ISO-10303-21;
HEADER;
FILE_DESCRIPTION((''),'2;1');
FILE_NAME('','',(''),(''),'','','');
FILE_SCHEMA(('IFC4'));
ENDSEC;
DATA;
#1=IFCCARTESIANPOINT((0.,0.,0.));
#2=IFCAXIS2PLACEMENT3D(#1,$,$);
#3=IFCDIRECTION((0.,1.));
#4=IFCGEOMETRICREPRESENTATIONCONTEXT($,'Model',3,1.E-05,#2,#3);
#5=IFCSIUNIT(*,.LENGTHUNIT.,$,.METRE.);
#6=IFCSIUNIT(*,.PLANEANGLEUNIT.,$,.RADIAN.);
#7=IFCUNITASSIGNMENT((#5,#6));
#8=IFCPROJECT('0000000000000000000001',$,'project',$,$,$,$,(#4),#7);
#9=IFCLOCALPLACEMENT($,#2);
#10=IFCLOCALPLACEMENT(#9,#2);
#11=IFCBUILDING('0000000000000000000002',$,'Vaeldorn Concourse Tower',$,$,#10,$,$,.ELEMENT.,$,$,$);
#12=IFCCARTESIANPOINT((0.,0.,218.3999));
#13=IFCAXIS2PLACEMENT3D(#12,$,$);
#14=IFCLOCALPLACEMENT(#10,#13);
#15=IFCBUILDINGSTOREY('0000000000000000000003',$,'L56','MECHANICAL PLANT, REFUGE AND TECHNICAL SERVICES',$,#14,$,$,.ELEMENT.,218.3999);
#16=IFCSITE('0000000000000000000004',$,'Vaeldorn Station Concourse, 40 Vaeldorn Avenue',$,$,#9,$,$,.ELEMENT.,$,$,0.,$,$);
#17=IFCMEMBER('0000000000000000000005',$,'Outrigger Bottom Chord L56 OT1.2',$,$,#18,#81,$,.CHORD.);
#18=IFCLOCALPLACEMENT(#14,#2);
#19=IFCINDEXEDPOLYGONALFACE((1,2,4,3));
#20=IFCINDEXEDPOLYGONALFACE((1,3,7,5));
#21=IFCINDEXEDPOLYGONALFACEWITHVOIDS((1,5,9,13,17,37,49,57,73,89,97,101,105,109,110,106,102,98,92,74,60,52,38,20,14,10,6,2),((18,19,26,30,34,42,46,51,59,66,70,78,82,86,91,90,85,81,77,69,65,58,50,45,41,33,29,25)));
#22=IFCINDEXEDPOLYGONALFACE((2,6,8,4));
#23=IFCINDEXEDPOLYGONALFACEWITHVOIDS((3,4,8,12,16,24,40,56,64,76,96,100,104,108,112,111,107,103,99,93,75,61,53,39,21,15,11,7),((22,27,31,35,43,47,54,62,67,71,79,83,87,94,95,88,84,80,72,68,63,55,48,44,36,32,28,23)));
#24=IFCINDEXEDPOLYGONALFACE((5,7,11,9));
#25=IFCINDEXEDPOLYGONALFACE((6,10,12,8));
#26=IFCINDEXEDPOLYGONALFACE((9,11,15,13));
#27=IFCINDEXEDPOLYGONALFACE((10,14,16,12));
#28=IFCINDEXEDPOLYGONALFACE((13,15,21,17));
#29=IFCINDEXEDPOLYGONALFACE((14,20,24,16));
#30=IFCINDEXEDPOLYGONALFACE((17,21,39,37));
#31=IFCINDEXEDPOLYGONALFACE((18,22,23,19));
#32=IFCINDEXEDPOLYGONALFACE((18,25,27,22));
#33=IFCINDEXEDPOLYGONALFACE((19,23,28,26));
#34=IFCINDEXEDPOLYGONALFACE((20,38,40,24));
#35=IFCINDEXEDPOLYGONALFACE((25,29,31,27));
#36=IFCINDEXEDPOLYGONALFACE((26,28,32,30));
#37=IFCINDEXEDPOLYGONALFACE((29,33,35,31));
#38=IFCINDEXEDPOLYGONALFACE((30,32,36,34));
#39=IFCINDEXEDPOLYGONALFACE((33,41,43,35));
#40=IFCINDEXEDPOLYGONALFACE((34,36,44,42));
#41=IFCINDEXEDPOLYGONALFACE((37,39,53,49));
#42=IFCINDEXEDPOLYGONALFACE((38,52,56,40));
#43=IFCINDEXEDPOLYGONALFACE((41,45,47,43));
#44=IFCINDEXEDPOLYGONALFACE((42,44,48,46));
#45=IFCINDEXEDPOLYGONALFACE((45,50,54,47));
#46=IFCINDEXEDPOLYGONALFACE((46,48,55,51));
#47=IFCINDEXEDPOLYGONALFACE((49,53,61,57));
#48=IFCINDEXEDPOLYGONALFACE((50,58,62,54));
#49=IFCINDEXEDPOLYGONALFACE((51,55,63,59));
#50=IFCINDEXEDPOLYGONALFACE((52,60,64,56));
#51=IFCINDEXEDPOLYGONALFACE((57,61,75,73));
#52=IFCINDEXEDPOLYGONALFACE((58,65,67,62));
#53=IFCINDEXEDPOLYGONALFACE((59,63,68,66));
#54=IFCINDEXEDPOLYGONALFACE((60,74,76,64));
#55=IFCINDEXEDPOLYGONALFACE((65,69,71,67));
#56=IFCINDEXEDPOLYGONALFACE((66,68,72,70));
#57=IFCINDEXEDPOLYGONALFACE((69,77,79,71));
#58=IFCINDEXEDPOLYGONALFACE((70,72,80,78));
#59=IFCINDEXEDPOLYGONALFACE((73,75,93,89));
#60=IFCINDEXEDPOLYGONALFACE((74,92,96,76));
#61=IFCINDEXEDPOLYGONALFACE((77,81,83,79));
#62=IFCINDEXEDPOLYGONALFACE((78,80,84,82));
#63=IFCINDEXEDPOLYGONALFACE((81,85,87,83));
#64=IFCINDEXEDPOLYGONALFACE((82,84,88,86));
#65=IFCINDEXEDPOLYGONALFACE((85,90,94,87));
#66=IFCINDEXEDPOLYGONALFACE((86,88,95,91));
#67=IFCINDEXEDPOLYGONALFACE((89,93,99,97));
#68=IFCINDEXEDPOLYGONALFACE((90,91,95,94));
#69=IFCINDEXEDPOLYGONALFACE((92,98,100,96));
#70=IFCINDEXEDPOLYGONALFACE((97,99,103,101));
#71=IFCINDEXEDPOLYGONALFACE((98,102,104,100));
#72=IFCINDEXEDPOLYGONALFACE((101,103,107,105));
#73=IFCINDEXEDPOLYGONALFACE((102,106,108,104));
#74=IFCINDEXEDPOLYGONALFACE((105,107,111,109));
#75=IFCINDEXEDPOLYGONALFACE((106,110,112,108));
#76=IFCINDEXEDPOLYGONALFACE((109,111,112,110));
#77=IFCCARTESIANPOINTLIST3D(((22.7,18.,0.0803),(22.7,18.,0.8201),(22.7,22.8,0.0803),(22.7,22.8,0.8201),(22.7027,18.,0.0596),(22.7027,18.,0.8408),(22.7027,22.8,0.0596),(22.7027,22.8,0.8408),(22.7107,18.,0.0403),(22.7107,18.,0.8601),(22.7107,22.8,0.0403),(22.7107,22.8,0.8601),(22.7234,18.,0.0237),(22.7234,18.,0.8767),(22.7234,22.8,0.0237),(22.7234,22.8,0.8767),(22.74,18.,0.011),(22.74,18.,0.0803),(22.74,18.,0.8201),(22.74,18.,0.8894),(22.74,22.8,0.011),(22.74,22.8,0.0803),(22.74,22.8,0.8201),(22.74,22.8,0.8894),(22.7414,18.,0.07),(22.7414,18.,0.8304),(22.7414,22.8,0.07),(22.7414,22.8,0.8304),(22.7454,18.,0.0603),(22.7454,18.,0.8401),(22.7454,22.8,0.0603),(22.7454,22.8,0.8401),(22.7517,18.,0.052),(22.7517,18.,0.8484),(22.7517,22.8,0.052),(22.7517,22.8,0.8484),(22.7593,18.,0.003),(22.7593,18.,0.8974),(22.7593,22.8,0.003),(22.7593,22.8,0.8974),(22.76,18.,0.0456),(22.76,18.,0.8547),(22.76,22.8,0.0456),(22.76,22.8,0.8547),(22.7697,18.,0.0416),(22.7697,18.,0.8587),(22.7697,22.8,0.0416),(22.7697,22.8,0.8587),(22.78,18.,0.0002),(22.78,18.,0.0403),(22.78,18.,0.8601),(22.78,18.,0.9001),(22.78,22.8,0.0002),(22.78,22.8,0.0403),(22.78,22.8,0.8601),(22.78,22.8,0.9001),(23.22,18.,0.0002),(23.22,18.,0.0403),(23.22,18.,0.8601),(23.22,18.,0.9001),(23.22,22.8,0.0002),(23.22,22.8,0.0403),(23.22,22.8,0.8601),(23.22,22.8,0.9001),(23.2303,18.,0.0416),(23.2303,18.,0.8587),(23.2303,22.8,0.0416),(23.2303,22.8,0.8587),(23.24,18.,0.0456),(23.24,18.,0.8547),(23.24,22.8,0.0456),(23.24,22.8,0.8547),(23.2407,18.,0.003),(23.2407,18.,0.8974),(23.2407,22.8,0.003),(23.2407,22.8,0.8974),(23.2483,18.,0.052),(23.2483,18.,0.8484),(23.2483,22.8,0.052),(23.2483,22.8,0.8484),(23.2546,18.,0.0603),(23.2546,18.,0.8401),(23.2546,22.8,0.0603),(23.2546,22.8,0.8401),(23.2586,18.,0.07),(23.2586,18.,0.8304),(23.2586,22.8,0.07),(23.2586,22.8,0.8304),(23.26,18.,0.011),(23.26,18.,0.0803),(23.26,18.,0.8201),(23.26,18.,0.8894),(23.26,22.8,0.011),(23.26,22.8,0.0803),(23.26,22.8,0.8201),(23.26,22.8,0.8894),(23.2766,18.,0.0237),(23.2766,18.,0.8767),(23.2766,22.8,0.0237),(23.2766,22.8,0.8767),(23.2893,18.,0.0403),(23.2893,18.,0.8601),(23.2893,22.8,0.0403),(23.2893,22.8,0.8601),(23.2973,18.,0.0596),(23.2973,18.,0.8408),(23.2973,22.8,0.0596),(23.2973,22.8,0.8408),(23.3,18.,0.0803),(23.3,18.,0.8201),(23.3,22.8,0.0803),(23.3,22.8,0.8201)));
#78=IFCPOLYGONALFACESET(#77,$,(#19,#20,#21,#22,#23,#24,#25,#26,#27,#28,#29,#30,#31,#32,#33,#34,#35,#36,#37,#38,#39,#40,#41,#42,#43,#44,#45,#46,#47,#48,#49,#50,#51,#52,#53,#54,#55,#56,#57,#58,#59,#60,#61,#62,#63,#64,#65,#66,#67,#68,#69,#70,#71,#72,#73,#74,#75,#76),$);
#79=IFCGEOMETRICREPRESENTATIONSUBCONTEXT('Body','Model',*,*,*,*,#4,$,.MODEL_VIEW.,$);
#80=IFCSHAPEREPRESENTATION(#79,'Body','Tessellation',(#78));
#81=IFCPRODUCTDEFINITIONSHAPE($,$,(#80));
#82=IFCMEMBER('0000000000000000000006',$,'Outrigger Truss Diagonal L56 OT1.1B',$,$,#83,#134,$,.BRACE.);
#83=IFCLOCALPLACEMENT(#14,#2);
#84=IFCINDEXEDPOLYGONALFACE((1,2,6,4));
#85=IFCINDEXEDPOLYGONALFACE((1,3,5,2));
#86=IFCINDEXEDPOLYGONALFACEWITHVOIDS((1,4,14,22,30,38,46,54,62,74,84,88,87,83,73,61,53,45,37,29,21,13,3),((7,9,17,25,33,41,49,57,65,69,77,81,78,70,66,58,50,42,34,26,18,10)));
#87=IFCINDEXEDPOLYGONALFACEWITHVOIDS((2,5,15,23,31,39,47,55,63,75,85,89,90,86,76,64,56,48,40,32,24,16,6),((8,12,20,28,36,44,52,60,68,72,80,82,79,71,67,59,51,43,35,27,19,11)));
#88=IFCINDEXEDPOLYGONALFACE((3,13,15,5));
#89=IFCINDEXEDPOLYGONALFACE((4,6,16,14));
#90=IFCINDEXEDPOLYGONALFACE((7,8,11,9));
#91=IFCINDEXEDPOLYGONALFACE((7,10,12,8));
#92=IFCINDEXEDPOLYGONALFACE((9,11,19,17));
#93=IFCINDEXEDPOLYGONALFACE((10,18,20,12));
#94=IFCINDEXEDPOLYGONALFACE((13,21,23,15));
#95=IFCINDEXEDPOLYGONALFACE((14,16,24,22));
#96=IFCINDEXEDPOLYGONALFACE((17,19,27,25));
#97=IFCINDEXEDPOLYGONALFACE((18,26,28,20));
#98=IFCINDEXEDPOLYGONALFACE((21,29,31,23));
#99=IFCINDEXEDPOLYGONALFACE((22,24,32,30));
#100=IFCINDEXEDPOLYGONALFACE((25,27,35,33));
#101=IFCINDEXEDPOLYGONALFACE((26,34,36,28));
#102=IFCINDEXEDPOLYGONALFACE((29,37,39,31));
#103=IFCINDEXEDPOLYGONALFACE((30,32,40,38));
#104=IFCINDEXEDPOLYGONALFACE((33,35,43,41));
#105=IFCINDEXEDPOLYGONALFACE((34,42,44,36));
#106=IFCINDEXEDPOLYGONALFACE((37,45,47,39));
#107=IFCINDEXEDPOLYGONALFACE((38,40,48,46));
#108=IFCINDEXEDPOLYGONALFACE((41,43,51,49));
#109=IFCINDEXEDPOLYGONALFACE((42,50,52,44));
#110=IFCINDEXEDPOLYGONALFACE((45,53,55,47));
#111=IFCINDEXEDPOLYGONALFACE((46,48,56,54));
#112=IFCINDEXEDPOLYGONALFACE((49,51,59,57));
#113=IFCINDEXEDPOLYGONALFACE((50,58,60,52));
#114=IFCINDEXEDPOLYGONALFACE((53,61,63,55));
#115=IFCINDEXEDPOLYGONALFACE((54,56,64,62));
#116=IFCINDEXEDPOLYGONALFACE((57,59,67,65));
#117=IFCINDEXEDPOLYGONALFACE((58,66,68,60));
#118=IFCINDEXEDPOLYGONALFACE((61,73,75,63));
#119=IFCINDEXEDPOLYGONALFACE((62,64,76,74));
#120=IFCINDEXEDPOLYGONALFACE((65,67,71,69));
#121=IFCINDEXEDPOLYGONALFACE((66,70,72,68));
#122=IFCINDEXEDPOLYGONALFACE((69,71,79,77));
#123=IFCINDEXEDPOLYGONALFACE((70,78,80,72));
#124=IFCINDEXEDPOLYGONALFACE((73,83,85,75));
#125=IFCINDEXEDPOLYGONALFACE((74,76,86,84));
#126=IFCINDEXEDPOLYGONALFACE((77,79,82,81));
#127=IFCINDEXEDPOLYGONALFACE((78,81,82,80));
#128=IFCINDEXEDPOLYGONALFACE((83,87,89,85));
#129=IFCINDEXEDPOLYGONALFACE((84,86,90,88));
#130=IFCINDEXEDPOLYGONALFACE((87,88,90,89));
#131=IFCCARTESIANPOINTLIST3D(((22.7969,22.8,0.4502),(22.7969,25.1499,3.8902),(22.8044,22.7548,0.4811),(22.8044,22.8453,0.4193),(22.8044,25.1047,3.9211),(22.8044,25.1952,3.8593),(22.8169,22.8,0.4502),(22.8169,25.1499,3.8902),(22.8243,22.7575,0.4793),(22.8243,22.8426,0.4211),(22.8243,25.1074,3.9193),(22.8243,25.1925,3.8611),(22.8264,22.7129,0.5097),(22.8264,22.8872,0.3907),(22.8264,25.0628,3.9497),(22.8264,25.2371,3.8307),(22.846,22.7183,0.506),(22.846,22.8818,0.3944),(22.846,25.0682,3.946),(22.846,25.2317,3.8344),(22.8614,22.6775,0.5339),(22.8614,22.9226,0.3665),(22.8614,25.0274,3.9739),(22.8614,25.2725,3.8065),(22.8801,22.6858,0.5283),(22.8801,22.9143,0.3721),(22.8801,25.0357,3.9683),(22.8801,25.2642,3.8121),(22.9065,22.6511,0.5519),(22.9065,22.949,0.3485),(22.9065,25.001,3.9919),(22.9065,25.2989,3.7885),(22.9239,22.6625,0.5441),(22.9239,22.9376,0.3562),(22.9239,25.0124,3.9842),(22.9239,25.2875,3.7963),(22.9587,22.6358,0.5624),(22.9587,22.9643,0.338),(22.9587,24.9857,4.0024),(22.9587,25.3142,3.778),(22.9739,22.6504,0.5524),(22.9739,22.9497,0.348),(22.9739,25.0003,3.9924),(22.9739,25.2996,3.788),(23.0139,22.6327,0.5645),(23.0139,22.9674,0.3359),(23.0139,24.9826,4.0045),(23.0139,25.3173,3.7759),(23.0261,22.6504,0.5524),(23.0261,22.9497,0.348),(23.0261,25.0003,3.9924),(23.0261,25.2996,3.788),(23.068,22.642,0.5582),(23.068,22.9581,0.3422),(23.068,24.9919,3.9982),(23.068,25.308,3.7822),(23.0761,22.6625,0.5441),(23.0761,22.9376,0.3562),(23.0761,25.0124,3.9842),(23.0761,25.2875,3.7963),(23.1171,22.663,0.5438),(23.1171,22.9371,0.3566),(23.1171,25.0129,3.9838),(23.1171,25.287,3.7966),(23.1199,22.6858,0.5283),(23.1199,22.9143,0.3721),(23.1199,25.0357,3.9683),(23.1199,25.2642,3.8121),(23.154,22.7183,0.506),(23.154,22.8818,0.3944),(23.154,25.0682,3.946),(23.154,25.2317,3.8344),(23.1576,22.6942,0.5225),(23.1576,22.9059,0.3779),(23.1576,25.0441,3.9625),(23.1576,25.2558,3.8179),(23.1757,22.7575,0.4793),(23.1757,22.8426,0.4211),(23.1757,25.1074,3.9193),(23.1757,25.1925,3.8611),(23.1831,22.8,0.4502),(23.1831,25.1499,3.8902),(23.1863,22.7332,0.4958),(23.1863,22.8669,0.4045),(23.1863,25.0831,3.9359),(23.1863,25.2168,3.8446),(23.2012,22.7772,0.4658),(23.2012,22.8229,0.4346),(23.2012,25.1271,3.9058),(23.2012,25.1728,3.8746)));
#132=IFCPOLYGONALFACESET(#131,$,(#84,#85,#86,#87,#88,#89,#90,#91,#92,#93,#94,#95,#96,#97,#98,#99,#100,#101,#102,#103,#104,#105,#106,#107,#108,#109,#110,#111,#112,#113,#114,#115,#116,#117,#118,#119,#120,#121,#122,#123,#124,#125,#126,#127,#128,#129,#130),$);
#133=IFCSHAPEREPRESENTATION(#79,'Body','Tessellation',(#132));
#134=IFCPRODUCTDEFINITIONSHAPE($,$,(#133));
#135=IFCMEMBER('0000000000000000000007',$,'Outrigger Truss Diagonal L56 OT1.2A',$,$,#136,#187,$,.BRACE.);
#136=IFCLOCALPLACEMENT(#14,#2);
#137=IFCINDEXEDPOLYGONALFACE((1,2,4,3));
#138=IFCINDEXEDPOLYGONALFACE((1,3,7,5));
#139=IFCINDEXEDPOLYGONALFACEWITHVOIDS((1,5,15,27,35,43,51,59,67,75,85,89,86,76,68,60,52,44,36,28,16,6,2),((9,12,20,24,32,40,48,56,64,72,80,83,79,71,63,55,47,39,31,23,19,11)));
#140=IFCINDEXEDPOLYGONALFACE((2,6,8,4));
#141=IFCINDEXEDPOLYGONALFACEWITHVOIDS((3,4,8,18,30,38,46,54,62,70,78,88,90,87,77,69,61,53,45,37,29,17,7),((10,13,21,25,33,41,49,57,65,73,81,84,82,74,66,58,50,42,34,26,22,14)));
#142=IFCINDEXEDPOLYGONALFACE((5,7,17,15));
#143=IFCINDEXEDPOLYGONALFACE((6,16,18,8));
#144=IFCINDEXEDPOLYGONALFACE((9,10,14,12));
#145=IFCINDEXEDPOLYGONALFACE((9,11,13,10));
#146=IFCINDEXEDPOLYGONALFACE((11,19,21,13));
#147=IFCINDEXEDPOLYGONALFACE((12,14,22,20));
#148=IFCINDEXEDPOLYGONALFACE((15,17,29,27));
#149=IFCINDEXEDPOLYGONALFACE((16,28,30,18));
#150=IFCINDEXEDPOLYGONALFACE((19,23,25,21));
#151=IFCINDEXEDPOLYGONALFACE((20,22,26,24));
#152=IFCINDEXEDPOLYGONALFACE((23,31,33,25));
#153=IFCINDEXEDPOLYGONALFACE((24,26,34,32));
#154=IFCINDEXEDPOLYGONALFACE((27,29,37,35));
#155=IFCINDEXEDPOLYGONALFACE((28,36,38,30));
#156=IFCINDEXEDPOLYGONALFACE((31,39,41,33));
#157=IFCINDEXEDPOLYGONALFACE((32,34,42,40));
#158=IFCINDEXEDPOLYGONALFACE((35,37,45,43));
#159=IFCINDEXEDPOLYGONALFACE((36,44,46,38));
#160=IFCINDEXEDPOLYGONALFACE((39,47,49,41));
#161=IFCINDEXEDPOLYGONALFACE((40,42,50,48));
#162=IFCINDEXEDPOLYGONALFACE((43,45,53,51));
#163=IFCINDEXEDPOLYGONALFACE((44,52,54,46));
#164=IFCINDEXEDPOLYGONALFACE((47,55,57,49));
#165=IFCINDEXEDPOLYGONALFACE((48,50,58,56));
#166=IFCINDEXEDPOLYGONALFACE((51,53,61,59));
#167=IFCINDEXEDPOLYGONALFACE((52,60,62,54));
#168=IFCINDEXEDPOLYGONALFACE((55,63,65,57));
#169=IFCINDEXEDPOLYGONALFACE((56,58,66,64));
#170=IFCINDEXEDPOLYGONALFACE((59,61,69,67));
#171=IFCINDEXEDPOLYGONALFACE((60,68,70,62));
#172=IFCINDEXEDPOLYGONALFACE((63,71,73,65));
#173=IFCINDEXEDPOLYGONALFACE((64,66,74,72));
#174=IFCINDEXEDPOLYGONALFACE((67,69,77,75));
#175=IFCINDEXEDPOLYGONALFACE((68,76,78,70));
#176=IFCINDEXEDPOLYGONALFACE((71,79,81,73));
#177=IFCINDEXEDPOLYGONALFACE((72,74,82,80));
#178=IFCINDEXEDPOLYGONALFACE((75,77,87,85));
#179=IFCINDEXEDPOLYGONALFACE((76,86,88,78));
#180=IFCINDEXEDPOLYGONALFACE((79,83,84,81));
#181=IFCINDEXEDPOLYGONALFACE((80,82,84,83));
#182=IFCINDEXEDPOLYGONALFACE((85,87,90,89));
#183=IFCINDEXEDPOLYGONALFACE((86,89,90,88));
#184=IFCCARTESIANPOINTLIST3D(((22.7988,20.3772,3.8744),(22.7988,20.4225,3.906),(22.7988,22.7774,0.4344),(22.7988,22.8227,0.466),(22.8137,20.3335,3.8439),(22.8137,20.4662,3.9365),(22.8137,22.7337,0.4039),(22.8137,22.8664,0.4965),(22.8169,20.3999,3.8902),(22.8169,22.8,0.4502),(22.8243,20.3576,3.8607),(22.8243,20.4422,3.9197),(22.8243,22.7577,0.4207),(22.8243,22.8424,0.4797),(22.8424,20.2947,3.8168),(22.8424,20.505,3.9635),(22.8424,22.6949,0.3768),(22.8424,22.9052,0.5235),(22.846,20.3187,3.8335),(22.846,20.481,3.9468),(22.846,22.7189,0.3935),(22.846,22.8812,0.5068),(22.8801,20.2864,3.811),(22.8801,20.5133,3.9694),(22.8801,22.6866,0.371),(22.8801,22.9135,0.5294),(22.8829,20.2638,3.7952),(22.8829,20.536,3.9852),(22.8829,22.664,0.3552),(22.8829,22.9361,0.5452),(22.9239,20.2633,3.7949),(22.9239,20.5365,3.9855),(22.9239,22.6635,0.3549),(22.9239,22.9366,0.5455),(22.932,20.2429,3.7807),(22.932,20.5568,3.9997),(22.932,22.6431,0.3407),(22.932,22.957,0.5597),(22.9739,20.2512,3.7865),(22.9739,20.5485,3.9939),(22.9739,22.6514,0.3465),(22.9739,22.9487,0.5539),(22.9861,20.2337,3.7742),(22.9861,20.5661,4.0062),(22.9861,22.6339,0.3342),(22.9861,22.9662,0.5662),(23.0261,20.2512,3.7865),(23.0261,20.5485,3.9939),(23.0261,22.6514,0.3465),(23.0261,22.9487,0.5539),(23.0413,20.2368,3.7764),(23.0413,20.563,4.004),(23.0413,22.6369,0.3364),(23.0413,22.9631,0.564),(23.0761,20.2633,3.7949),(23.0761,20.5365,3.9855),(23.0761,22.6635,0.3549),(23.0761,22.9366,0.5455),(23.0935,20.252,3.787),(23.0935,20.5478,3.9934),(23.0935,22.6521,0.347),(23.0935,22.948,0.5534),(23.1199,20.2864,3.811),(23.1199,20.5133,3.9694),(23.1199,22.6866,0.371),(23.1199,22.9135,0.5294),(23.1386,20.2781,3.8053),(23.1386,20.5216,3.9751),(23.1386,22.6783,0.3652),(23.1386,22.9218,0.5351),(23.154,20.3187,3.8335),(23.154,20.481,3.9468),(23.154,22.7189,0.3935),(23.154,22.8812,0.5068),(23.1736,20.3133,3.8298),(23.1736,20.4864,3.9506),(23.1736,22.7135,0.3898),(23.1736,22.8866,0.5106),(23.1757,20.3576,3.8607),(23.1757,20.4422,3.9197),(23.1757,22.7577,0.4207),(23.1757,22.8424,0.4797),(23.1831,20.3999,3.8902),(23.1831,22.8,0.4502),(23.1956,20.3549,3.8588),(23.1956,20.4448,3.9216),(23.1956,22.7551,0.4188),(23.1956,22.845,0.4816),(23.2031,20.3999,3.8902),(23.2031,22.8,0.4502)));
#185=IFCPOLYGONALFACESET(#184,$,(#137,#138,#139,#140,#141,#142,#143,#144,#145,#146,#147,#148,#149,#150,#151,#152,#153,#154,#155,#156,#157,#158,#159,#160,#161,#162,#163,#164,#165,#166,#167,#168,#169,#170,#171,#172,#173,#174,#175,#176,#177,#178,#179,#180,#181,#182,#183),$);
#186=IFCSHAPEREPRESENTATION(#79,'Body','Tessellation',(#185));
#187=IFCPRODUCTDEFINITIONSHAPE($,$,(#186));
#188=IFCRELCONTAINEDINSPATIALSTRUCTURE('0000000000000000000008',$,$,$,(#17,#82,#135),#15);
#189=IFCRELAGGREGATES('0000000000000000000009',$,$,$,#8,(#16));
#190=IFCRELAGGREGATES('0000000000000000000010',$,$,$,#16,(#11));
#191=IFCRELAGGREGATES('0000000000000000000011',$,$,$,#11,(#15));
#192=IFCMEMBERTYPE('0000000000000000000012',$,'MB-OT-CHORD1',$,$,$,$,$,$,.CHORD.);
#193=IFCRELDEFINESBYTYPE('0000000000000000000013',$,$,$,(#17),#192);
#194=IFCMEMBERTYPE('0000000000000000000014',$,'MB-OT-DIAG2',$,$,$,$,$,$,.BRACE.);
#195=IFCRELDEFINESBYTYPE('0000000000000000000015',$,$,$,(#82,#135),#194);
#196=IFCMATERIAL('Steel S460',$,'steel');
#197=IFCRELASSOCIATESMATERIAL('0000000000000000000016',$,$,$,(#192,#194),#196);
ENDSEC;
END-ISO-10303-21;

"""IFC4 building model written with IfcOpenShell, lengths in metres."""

from ifc_helpers import new_model, si_unit, direction, frame, origin, origin_2d, place, context, subcontext, project, spatial, hollow_rectangle, hollow_circle, extrude, source, transform, mapped, material, material_profile, profile_set, type_object, element, save


model = new_model("IFC4")

# Units and contexts
model_context = context("Model", 3, precision=1e-05, world=origin(), true_north=direction((0.0, 1.0)))
body_context = subcontext(model_context, "Body", "Model", "MODEL_VIEW")
ifc_project = project(units=[si_unit("LENGTHUNIT", "METRE"), si_unit("PLANEANGLEUNIT", "RADIAN")], contexts=[model_context])

# Site, building, storey
site_placement = place(None, origin())
site = spatial("IfcSite", under=ifc_project, at=site_placement, Name="Vaeldorn Station Concourse, 40 Vaeldorn Avenue", CompositionType="ELEMENT", RefElevation=0.0)
building_placement = place(site_placement, origin())
building = spatial("IfcBuilding", under=site, at=building_placement, Name="Vaeldorn Concourse Tower", CompositionType="ELEMENT")
storey_placement = place(building_placement, frame((0.0, 0.0, 218.3999)))
storey = spatial("IfcBuildingStorey", under=building, at=storey_placement, Name="L56", Description="MECHANICAL PLANT, REFUGE AND TECHNICAL SERVICES", CompositionType="ELEMENT", Elevation=218.3999)

# Members
ifc_material_1 = material(Name="Steel S460", Category="steel")
ifc_material_profile_1 = material_profile(ifc_material_1, hollow_rectangle(XDim=0.6001, YDim=0.8999, WallThickness=0.04, InnerFilletRadius=0.04, OuterFilletRadius=0.0801, at=origin_2d()), Name="RHS 900x600x40")
ifc_profile_set_1 = profile_set([ifc_material_profile_1], Name="Steel S460")
member_type_1 = type_object("IfcMemberType", Name="MB-OT-CHORD1", PredefinedType="CHORD", material=ifc_profile_set_1)
shared_shape_1 = source(origin(), body_context, "Body", "SweptSolid", [
    extrude(hollow_rectangle(XDim=0.6001, YDim=0.8999, WallThickness=0.04, InnerFilletRadius=0.04, OuterFilletRadius=0.0801, at=origin_2d()), origin(), (0.0, 0.0, 1.0), 4.8),
])
member_1_placement = place(storey_placement, frame((23.0, 22.8, 0.4502), z_axis=(0.0, -1.0, 0.0), x_axis=(1.0, 0.0, 0.0)))
element("IfcMember", 1, at=member_1_placement, inside=storey, type_object=member_type_1, Name="Outrigger Bottom Chord L56 OT1.2", PredefinedType="CHORD", context=body_context, shape_type="MappedRepresentation", body=[
    mapped(shared_shape_1, transform((0.0, 0.0, 0.0), scale=1.0)),
])
ifc_material_profile_2 = material_profile(ifc_material_1, hollow_circle(Radius=0.2031, WallThickness=0.02, at=origin_2d()), Name="CHS 406.4x20")
ifc_profile_set_2 = profile_set([ifc_material_profile_2], Name="Steel S460")
member_type_2 = type_object("IfcMemberType", Name="MB-OT-DIAG2", PredefinedType="BRACE", material=ifc_profile_set_2)
shared_shape_2 = source(origin(), body_context, "Body", "SweptSolid", [
    extrude(hollow_circle(Radius=0.2031, WallThickness=0.02, at=origin_2d()), origin(), (0.0, 0.0, 1.0), 4.166),
])
member_2_placement = place(storey_placement, frame((23.0, 22.8, 0.4502), z_axis=(0.0, 0.564064, 0.825731), x_axis=(-1.0, 0.0, 0.0)))
element("IfcMember", 2, at=member_2_placement, inside=storey, type_object=member_type_2, Name="Outrigger Truss Diagonal L56 OT1.1B", PredefinedType="BRACE", context=body_context, shape_type="MappedRepresentation", body=[
    mapped(shared_shape_2, transform((0.0, 0.0, 0.0), scale=1.0)),
])
shared_shape_3 = source(origin(), body_context, "Body", "SweptSolid", [
    extrude(hollow_circle(Radius=0.2031, WallThickness=0.02, at=origin_2d()), origin(), (0.0, 0.0, 1.0), 4.1946),
])
member_3_placement = place(storey_placement, frame((23.0, 22.8, 0.4502), z_axis=(0.0, -0.572212, 0.820106), x_axis=(1.0, 0.0, 0.0)))
element("IfcMember", 3, at=member_3_placement, inside=storey, type_object=member_type_2, Name="Outrigger Truss Diagonal L56 OT1.2A", PredefinedType="BRACE", context=body_context, shape_type="MappedRepresentation", body=[
    mapped(shared_shape_3, transform((0.0, 0.0, 0.0), scale=1.0)),
])

save(model, "model.ifc")
